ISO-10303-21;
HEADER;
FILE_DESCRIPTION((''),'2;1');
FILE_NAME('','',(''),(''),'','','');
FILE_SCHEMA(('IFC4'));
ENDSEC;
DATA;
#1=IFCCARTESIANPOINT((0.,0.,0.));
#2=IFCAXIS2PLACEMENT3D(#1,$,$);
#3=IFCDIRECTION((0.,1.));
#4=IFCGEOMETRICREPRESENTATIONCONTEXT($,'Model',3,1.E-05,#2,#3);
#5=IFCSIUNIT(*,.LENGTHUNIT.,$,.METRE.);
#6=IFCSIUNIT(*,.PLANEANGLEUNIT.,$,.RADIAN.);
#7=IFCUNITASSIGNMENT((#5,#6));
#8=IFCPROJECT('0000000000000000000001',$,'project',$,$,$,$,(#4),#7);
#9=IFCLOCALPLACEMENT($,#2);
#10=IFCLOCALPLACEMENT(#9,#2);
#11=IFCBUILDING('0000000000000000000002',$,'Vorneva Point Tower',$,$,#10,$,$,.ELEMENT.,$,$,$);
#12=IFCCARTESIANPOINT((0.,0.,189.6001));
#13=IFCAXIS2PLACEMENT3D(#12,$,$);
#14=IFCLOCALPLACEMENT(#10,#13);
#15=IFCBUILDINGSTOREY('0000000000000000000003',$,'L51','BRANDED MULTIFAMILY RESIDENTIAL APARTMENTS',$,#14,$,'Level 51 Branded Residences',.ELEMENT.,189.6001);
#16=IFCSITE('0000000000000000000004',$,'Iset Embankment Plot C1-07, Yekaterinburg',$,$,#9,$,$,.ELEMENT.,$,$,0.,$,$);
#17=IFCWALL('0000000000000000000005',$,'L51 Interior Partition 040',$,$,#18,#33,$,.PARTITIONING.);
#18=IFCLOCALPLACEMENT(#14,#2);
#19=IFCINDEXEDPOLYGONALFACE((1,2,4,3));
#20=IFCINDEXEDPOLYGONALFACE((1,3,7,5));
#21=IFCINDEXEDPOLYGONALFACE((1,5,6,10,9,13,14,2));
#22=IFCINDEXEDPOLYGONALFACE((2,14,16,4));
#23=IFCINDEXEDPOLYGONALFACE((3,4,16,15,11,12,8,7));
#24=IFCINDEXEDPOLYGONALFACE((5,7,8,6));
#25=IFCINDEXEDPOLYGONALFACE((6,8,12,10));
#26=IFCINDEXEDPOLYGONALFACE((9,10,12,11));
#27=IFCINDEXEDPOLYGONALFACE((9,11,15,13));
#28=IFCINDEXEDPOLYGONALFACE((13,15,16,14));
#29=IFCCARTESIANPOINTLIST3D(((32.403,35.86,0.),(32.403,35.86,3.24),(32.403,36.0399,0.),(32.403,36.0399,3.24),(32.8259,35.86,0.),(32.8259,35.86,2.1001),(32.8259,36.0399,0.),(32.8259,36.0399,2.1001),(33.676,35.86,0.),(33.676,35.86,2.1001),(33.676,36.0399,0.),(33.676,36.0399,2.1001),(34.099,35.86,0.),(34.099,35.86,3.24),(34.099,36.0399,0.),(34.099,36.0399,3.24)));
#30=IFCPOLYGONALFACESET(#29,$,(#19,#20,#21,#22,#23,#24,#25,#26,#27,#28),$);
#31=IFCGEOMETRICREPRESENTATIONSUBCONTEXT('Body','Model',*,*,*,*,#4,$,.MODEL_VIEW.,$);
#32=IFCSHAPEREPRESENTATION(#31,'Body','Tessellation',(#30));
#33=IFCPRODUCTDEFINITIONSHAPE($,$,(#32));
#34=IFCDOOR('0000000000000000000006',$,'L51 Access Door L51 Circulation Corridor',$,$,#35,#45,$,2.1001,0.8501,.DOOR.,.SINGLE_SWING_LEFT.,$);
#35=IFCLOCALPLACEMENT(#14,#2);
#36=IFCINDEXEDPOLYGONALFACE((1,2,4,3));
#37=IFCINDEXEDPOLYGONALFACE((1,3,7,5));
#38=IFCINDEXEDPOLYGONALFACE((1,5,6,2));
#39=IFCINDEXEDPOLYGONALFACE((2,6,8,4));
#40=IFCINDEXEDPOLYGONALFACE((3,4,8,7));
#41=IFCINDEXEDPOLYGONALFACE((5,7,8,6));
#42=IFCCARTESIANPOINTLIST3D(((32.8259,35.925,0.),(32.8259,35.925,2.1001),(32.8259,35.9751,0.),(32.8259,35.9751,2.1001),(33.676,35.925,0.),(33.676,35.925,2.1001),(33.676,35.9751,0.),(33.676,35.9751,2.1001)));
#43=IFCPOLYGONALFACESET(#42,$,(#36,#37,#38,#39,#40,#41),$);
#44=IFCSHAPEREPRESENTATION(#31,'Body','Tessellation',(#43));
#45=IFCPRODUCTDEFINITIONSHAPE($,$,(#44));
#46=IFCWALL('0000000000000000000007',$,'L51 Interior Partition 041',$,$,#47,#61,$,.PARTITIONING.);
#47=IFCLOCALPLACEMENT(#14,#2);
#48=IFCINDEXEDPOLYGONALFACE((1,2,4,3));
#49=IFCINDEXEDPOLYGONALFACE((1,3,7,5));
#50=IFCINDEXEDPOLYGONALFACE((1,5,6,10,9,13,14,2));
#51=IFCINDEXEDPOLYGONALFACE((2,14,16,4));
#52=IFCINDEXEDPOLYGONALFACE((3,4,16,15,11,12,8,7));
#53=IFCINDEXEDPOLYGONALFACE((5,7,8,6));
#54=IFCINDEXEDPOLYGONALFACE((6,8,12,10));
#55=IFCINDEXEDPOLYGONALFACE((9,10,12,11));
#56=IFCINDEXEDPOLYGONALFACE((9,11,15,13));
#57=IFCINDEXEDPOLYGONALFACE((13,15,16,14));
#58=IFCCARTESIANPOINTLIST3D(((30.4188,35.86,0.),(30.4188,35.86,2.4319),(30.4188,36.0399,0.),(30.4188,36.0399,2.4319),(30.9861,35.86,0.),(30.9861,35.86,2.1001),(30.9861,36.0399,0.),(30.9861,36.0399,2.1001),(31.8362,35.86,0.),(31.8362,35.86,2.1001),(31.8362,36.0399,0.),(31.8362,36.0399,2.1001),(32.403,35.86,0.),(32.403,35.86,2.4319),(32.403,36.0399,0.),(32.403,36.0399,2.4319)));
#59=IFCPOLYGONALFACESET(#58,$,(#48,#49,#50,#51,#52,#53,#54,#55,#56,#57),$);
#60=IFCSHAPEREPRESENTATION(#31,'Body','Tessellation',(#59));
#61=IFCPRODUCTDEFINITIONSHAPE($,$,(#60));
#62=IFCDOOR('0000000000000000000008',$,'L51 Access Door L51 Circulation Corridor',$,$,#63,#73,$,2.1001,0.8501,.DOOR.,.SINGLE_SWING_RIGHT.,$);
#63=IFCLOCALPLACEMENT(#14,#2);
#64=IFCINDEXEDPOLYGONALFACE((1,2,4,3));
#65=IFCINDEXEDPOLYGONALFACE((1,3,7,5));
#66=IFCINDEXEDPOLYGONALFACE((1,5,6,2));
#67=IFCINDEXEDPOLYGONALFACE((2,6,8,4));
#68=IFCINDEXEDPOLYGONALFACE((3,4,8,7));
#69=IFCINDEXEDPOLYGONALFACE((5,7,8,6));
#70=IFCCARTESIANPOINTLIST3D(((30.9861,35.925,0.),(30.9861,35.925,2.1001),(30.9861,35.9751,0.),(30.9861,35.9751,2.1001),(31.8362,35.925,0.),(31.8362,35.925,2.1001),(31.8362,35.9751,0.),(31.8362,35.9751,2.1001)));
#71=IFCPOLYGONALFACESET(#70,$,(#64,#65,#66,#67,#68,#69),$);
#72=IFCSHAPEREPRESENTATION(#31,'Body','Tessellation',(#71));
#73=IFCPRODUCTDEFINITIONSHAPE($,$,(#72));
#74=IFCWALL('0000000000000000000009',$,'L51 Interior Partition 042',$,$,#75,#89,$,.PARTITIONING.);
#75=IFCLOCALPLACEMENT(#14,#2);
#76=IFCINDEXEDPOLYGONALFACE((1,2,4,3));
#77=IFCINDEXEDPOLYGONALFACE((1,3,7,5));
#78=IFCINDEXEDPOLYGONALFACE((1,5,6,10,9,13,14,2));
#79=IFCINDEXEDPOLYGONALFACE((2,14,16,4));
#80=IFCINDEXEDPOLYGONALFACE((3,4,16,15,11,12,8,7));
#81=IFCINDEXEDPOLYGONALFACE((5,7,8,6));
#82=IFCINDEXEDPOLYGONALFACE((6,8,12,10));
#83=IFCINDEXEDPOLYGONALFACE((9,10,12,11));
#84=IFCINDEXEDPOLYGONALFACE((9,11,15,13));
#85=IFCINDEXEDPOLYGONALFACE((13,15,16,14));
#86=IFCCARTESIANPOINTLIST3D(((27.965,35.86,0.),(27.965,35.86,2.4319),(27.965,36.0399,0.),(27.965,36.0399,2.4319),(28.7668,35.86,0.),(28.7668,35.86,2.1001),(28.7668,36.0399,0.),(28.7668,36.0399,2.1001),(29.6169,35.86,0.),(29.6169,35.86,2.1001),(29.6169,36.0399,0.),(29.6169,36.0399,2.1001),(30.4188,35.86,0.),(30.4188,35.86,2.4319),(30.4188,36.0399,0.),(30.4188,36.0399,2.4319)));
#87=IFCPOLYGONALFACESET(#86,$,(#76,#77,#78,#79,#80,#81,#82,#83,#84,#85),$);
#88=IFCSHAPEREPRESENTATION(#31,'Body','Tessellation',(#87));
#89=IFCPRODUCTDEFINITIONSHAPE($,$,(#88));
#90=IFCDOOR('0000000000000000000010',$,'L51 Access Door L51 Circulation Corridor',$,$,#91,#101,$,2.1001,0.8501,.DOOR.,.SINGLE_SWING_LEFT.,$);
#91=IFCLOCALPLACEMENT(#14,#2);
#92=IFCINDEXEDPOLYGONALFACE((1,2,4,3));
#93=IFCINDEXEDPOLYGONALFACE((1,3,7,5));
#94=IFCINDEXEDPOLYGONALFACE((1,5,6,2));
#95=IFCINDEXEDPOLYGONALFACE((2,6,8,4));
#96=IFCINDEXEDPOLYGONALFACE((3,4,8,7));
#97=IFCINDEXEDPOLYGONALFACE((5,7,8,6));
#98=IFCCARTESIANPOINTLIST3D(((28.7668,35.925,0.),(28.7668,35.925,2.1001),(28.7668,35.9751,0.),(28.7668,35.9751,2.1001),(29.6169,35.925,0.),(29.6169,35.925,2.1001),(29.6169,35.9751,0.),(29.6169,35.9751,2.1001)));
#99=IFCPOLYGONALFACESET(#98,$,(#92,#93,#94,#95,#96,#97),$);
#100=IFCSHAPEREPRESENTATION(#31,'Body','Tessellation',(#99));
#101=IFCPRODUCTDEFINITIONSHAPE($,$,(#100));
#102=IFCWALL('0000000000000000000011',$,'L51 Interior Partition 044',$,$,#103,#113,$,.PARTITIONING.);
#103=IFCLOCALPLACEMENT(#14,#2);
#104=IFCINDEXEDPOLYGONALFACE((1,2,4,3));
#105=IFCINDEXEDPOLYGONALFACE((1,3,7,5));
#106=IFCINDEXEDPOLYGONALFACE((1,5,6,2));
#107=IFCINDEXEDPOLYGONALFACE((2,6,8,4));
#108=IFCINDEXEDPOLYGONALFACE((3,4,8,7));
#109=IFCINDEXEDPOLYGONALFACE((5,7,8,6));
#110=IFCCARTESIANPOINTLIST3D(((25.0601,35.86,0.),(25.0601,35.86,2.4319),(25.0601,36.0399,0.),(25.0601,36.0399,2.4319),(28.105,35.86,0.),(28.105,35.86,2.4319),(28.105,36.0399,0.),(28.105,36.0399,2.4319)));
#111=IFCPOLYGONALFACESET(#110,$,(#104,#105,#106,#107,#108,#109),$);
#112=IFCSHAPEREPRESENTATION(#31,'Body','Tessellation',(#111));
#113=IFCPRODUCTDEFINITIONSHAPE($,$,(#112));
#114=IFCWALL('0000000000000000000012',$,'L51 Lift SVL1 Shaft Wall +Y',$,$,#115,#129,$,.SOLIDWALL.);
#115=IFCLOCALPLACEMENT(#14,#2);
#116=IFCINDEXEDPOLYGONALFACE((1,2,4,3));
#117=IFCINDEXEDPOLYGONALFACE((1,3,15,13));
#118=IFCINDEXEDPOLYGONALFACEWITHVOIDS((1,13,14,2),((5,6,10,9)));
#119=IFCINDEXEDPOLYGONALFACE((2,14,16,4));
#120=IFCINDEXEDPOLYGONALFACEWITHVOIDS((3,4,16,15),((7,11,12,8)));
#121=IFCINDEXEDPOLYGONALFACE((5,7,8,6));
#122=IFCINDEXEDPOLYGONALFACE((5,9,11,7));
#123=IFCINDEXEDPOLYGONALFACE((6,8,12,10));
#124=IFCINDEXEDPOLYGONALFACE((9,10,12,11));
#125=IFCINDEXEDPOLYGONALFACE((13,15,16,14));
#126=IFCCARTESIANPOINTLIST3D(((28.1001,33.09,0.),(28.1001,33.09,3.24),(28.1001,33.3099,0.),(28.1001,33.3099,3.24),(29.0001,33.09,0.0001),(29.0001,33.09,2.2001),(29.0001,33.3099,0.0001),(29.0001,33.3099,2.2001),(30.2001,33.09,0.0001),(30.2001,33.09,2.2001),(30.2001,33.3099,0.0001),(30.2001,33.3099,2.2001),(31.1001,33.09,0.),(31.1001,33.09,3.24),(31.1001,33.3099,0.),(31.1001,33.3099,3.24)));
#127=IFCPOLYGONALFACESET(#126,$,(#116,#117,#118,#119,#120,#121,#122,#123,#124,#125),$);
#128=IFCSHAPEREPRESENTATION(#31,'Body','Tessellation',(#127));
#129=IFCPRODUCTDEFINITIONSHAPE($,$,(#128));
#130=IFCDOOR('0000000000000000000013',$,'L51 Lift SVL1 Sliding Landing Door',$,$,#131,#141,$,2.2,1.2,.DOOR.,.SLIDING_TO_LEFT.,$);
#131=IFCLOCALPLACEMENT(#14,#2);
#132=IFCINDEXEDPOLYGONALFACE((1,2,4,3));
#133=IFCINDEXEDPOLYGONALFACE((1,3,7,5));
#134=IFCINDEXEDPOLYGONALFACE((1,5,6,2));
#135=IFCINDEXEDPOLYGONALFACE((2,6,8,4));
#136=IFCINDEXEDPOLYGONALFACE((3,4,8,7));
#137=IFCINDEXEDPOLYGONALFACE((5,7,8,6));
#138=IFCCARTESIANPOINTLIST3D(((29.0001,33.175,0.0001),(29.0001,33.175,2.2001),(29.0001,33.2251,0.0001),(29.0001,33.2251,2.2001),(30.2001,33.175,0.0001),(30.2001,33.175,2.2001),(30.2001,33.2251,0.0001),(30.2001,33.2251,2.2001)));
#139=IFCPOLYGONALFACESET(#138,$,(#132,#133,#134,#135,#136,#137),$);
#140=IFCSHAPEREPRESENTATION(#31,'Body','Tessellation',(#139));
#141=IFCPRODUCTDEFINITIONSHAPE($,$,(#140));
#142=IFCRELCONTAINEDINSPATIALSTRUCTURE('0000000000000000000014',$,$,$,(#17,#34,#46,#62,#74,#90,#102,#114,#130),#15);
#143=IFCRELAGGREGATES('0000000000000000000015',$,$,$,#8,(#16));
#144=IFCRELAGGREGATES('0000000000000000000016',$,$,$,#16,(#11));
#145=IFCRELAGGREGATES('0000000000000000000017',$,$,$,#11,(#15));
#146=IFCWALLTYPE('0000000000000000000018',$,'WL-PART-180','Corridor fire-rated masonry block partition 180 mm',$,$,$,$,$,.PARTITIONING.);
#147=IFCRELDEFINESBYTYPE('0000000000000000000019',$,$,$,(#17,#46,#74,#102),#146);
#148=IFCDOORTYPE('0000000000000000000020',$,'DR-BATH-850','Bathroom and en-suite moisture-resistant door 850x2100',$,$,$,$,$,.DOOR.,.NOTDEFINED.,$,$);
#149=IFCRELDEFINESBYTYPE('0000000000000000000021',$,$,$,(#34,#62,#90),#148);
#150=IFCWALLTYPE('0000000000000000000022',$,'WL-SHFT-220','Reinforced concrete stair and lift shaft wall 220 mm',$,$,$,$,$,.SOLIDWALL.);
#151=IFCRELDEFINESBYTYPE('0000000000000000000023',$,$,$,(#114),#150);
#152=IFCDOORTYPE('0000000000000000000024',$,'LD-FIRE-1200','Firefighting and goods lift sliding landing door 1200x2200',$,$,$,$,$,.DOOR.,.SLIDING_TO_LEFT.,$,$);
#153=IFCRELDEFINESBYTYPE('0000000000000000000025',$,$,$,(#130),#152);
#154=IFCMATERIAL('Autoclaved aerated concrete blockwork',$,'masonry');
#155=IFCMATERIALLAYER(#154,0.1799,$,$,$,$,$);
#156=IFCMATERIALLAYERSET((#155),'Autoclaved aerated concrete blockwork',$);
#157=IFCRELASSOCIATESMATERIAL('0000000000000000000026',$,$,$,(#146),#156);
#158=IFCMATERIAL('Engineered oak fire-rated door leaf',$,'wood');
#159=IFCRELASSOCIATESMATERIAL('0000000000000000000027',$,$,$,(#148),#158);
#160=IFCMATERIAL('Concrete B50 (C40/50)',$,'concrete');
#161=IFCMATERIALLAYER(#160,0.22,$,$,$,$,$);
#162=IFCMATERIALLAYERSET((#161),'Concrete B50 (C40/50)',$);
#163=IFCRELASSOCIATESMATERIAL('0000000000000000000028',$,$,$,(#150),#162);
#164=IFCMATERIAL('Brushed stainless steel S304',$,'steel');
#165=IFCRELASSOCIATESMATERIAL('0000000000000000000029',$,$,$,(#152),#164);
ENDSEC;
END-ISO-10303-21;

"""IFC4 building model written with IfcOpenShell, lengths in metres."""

from ifc_helpers import new_model, si_unit, direction, frame, frame_2d, origin, place, context, subcontext, project, spatial, rectangle, extrude, material, layer, layer_set, type_object, element, fill, save


model = new_model("IFC4")

# Units and contexts
model_context = context("Model", 3, precision=1e-05, world=origin(), true_north=direction((0.0, 1.0)))
body_context = subcontext(model_context, "Body", "Model", "MODEL_VIEW")
ifc_project = project(units=[si_unit("LENGTHUNIT", "METRE"), si_unit("PLANEANGLEUNIT", "RADIAN")], contexts=[model_context])

# Site, building, storey
site_placement = place(None, origin())
site = spatial("IfcSite", under=ifc_project, at=site_placement, Name="Iset Embankment Plot C1-07, Yekaterinburg", CompositionType="ELEMENT", RefElevation=0.0)
building_placement = place(site_placement, origin())
building = spatial("IfcBuilding", under=site, at=building_placement, Name="Vorneva Point Tower", CompositionType="ELEMENT")
storey_placement = place(building_placement, frame((0.0, 0.0, 189.6001)))
storey = spatial("IfcBuildingStorey", under=building, at=storey_placement, Name="L51", Description="BRANDED MULTIFAMILY RESIDENTIAL APARTMENTS", LongName="Level 51 Branded Residences", CompositionType="ELEMENT", Elevation=189.6001)

# Shared definitions
ifc_material_1 = material(Name="Concrete B50 (C40/50)", Category="concrete")

# Shared definitions
ifc_material_2 = material(Name="Autoclaved aerated concrete blockwork", Category="masonry")
ifc_layer_1 = layer(ifc_material_2, 0.1799)
ifc_layer_set_1 = layer_set([ifc_layer_1], Name="Autoclaved aerated concrete blockwork")
wall_type_1 = type_object("IfcWallType", Name="WL-PART-180", Description="Corridor fire-rated masonry block partition 180 mm", PredefinedType="PARTITIONING", material=ifc_layer_set_1)

# Walls, openings, doors
ifc_material_3 = material(Name="Engineered oak fire-rated door leaf", Category="wood")
door_type_1 = type_object("IfcDoorType", Name="DR-BATH-850", Description="Bathroom and en-suite moisture-resistant door 850x2100", OperationType="NOTDEFINED", PredefinedType="DOOR", material=ifc_material_3)
wall_1_placement = place(storey_placement, frame((34.0991, 35.95, 0.0), z_axis=(0.0, 0.0, 1.0), x_axis=(-1.0, 0.0, 0.0)))
wall_1 = element("IfcWall", 1, at=wall_1_placement, inside=storey, type_object=wall_type_1, Name="L51 Interior Partition 040", PredefinedType="PARTITIONING", context=body_context, shape_type="SweptSolid", body=[
    extrude(rectangle(XDim=1.696, YDim=0.1799, at=frame_2d((0.8481, 0.0))), origin(), (0.0, 0.0, 1.0), 3.24),
])
opening_1_placement = place(wall_1_placement, frame((0.4231, 0.0, 0.0)))
opening_1 = element("IfcOpeningElement", 2, at=opening_1_placement, cuts=wall_1, PredefinedType="OPENING", context=body_context, shape_type="SweptSolid", body=[
    extrude(rectangle(XDim=0.8501, YDim=2.1001, at=frame_2d((0.425, 1.05))), frame((0.0, 0.105, 0.0), z_axis=(0.0, -1.0, 0.0), x_axis=(1.0, 0.0, 0.0)), (0.0, 0.0, 1.0), 0.2097),
])
door_1_placement = place(opening_1_placement, origin())
door_1 = element("IfcDoor", 3, at=door_1_placement, inside=storey, type_object=door_type_1, Name="L51 Access Door L51 Circulation Corridor", OperationType="SINGLE_SWING_LEFT", OverallHeight=2.1001, OverallWidth=0.8501, PredefinedType="DOOR", context=body_context, shape_type="SweptSolid", body=[
    extrude(rectangle(XDim=0.8501, YDim=2.1001, at=frame_2d((0.425, 1.05))), frame((0.0, 0.0249, 0.0), z_axis=(0.0, -1.0, 0.0), x_axis=(1.0, 0.0, 0.0)), (0.0, 0.0, 1.0), 0.05),
])
fill(opening_1, door_1)
wall_2_placement = place(storey_placement, frame((32.4031, 35.95, 0.0), z_axis=(0.0, 0.0, 1.0), x_axis=(-1.0, 0.0, 0.0)))
wall_2 = element("IfcWall", 4, at=wall_2_placement, inside=storey, type_object=wall_type_1, Name="L51 Interior Partition 041", PredefinedType="PARTITIONING", context=body_context, shape_type="SweptSolid", body=[
    extrude(rectangle(XDim=1.9841, YDim=0.1799, at=frame_2d((0.9922, 0.0))), origin(), (0.0, 0.0, 1.0), 2.4319),
])
opening_2_placement = place(wall_2_placement, frame((0.5669, 0.0, 0.0)))
opening_2 = element("IfcOpeningElement", 5, at=opening_2_placement, cuts=wall_2, PredefinedType="OPENING", context=body_context, shape_type="SweptSolid", body=[
    extrude(rectangle(XDim=0.8501, YDim=2.1001, at=frame_2d((0.425, 1.05))), frame((0.0, 0.105, 0.0), z_axis=(0.0, -1.0, 0.0), x_axis=(1.0, 0.0, 0.0)), (0.0, 0.0, 1.0), 0.2097),
])
door_2_placement = place(opening_2_placement, origin())
door_2 = element("IfcDoor", 6, at=door_2_placement, inside=storey, type_object=door_type_1, Name="L51 Access Door L51 Circulation Corridor", OperationType="SINGLE_SWING_RIGHT", OverallHeight=2.1001, OverallWidth=0.8501, PredefinedType="DOOR", context=body_context, shape_type="SweptSolid", body=[
    extrude(rectangle(XDim=0.8501, YDim=2.1001, at=frame_2d((0.425, 1.05))), frame((0.0, 0.0249, 0.0), z_axis=(0.0, -1.0, 0.0), x_axis=(1.0, 0.0, 0.0)), (0.0, 0.0, 1.0), 0.05),
])
fill(opening_2, door_2)
wall_3_placement = place(storey_placement, frame((30.4189, 35.95, 0.0), z_axis=(0.0, 0.0, 1.0), x_axis=(-1.0, 0.0, 0.0)))
wall_3 = element("IfcWall", 7, at=wall_3_placement, inside=storey, type_object=wall_type_1, Name="L51 Interior Partition 042", PredefinedType="PARTITIONING", context=body_context, shape_type="SweptSolid", body=[
    extrude(rectangle(XDim=2.4539, YDim=0.1799, at=frame_2d((1.2271, 0.0))), origin(), (0.0, 0.0, 1.0), 2.4319),
])
opening_3_placement = place(wall_3_placement, frame((0.802, 0.0, 0.0)))
opening_3 = element("IfcOpeningElement", 8, at=opening_3_placement, cuts=wall_3, PredefinedType="OPENING", context=body_context, shape_type="SweptSolid", body=[
    extrude(rectangle(XDim=0.8501, YDim=2.1001, at=frame_2d((0.425, 1.05))), frame((0.0, 0.105, 0.0), z_axis=(0.0, -1.0, 0.0), x_axis=(1.0, 0.0, 0.0)), (0.0, 0.0, 1.0), 0.2097),
])
door_3_placement = place(opening_3_placement, origin())
door_3 = element("IfcDoor", 9, at=door_3_placement, inside=storey, type_object=door_type_1, Name="L51 Access Door L51 Circulation Corridor", OperationType="SINGLE_SWING_LEFT", OverallHeight=2.1001, OverallWidth=0.8501, PredefinedType="DOOR", context=body_context, shape_type="SweptSolid", body=[
    extrude(rectangle(XDim=0.8501, YDim=2.1001, at=frame_2d((0.425, 1.05))), frame((0.0, 0.0249, 0.0), z_axis=(0.0, -1.0, 0.0), x_axis=(1.0, 0.0, 0.0)), (0.0, 0.0, 1.0), 0.05),
])
fill(opening_3, door_3)

# Wall
wall_4_placement = place(storey_placement, frame((28.105, 35.95, 0.0), z_axis=(0.0, 0.0, 1.0), x_axis=(-1.0, 0.0, 0.0)))
element("IfcWall", 10, at=wall_4_placement, inside=storey, type_object=wall_type_1, Name="L51 Interior Partition 044", PredefinedType="PARTITIONING", context=body_context, shape_type="SweptSolid", body=[
    extrude(rectangle(XDim=3.0449, YDim=0.1799, at=frame_2d((1.5225, 0.0))), origin(), (0.0, 0.0, 1.0), 2.4319),
])

# Wall, opening, door
ifc_layer_2 = layer(ifc_material_1, 0.22)
ifc_layer_set_2 = layer_set([ifc_layer_2], Name="Concrete B50 (C40/50)")
wall_type_2 = type_object("IfcWallType", Name="WL-SHFT-220", Description="Reinforced concrete stair and lift shaft wall 220 mm", PredefinedType="SOLIDWALL", material=ifc_layer_set_2)
wall_5_placement = place(storey_placement, frame((31.1001, 33.2, 0.0), z_axis=(0.0, 0.0, 1.0), x_axis=(-1.0, 0.0, 0.0)))
wall_5 = element("IfcWall", 11, at=wall_5_placement, inside=storey, type_object=wall_type_2, Name="L51 Lift SVL1 Shaft Wall +Y", PredefinedType="SOLIDWALL", context=body_context, shape_type="SweptSolid", body=[
    extrude(rectangle(XDim=3.0, YDim=0.22, at=frame_2d((1.5, 0.0))), origin(), (0.0, 0.0, 1.0), 3.24),
])
opening_4_placement = place(wall_5_placement, frame((0.8999, 0.0, 0.0)))
opening_4 = element("IfcOpeningElement", 12, at=opening_4_placement, cuts=wall_5, PredefinedType="OPENING", context=body_context, shape_type="SweptSolid", body=[
    extrude(rectangle(XDim=1.2, YDim=2.2, at=frame_2d((0.6001, 1.1001))), frame((0.0, 0.125, 0.0), z_axis=(0.0, -1.0, 0.0), x_axis=(1.0, 0.0, 0.0)), (0.0, 0.0, 1.0), 0.2498),
])
ifc_material_4 = material(Name="Brushed stainless steel S304", Category="steel")
door_type_2 = type_object("IfcDoorType", Name="LD-FIRE-1200", Description="Firefighting and goods lift sliding landing door 1200x2200", OperationType="SLIDING_TO_LEFT", PredefinedType="DOOR", material=ifc_material_4)
door_4_placement = place(opening_4_placement, origin())
door_4 = element("IfcDoor", 13, at=door_4_placement, inside=storey, type_object=door_type_2, Name="L51 Lift SVL1 Sliding Landing Door", OperationType="SLIDING_TO_LEFT", OverallHeight=2.2, OverallWidth=1.2, PredefinedType="DOOR", context=body_context, shape_type="SweptSolid", body=[
    extrude(rectangle(XDim=1.2, YDim=2.2, at=frame_2d((0.6001, 1.1001))), frame((0.0, 0.0249, 0.0), z_axis=(0.0, -1.0, 0.0), x_axis=(1.0, 0.0, 0.0)), (0.0, 0.0, 1.0), 0.05),
])
fill(opening_4, door_4)

save(model, "model.ifc")
